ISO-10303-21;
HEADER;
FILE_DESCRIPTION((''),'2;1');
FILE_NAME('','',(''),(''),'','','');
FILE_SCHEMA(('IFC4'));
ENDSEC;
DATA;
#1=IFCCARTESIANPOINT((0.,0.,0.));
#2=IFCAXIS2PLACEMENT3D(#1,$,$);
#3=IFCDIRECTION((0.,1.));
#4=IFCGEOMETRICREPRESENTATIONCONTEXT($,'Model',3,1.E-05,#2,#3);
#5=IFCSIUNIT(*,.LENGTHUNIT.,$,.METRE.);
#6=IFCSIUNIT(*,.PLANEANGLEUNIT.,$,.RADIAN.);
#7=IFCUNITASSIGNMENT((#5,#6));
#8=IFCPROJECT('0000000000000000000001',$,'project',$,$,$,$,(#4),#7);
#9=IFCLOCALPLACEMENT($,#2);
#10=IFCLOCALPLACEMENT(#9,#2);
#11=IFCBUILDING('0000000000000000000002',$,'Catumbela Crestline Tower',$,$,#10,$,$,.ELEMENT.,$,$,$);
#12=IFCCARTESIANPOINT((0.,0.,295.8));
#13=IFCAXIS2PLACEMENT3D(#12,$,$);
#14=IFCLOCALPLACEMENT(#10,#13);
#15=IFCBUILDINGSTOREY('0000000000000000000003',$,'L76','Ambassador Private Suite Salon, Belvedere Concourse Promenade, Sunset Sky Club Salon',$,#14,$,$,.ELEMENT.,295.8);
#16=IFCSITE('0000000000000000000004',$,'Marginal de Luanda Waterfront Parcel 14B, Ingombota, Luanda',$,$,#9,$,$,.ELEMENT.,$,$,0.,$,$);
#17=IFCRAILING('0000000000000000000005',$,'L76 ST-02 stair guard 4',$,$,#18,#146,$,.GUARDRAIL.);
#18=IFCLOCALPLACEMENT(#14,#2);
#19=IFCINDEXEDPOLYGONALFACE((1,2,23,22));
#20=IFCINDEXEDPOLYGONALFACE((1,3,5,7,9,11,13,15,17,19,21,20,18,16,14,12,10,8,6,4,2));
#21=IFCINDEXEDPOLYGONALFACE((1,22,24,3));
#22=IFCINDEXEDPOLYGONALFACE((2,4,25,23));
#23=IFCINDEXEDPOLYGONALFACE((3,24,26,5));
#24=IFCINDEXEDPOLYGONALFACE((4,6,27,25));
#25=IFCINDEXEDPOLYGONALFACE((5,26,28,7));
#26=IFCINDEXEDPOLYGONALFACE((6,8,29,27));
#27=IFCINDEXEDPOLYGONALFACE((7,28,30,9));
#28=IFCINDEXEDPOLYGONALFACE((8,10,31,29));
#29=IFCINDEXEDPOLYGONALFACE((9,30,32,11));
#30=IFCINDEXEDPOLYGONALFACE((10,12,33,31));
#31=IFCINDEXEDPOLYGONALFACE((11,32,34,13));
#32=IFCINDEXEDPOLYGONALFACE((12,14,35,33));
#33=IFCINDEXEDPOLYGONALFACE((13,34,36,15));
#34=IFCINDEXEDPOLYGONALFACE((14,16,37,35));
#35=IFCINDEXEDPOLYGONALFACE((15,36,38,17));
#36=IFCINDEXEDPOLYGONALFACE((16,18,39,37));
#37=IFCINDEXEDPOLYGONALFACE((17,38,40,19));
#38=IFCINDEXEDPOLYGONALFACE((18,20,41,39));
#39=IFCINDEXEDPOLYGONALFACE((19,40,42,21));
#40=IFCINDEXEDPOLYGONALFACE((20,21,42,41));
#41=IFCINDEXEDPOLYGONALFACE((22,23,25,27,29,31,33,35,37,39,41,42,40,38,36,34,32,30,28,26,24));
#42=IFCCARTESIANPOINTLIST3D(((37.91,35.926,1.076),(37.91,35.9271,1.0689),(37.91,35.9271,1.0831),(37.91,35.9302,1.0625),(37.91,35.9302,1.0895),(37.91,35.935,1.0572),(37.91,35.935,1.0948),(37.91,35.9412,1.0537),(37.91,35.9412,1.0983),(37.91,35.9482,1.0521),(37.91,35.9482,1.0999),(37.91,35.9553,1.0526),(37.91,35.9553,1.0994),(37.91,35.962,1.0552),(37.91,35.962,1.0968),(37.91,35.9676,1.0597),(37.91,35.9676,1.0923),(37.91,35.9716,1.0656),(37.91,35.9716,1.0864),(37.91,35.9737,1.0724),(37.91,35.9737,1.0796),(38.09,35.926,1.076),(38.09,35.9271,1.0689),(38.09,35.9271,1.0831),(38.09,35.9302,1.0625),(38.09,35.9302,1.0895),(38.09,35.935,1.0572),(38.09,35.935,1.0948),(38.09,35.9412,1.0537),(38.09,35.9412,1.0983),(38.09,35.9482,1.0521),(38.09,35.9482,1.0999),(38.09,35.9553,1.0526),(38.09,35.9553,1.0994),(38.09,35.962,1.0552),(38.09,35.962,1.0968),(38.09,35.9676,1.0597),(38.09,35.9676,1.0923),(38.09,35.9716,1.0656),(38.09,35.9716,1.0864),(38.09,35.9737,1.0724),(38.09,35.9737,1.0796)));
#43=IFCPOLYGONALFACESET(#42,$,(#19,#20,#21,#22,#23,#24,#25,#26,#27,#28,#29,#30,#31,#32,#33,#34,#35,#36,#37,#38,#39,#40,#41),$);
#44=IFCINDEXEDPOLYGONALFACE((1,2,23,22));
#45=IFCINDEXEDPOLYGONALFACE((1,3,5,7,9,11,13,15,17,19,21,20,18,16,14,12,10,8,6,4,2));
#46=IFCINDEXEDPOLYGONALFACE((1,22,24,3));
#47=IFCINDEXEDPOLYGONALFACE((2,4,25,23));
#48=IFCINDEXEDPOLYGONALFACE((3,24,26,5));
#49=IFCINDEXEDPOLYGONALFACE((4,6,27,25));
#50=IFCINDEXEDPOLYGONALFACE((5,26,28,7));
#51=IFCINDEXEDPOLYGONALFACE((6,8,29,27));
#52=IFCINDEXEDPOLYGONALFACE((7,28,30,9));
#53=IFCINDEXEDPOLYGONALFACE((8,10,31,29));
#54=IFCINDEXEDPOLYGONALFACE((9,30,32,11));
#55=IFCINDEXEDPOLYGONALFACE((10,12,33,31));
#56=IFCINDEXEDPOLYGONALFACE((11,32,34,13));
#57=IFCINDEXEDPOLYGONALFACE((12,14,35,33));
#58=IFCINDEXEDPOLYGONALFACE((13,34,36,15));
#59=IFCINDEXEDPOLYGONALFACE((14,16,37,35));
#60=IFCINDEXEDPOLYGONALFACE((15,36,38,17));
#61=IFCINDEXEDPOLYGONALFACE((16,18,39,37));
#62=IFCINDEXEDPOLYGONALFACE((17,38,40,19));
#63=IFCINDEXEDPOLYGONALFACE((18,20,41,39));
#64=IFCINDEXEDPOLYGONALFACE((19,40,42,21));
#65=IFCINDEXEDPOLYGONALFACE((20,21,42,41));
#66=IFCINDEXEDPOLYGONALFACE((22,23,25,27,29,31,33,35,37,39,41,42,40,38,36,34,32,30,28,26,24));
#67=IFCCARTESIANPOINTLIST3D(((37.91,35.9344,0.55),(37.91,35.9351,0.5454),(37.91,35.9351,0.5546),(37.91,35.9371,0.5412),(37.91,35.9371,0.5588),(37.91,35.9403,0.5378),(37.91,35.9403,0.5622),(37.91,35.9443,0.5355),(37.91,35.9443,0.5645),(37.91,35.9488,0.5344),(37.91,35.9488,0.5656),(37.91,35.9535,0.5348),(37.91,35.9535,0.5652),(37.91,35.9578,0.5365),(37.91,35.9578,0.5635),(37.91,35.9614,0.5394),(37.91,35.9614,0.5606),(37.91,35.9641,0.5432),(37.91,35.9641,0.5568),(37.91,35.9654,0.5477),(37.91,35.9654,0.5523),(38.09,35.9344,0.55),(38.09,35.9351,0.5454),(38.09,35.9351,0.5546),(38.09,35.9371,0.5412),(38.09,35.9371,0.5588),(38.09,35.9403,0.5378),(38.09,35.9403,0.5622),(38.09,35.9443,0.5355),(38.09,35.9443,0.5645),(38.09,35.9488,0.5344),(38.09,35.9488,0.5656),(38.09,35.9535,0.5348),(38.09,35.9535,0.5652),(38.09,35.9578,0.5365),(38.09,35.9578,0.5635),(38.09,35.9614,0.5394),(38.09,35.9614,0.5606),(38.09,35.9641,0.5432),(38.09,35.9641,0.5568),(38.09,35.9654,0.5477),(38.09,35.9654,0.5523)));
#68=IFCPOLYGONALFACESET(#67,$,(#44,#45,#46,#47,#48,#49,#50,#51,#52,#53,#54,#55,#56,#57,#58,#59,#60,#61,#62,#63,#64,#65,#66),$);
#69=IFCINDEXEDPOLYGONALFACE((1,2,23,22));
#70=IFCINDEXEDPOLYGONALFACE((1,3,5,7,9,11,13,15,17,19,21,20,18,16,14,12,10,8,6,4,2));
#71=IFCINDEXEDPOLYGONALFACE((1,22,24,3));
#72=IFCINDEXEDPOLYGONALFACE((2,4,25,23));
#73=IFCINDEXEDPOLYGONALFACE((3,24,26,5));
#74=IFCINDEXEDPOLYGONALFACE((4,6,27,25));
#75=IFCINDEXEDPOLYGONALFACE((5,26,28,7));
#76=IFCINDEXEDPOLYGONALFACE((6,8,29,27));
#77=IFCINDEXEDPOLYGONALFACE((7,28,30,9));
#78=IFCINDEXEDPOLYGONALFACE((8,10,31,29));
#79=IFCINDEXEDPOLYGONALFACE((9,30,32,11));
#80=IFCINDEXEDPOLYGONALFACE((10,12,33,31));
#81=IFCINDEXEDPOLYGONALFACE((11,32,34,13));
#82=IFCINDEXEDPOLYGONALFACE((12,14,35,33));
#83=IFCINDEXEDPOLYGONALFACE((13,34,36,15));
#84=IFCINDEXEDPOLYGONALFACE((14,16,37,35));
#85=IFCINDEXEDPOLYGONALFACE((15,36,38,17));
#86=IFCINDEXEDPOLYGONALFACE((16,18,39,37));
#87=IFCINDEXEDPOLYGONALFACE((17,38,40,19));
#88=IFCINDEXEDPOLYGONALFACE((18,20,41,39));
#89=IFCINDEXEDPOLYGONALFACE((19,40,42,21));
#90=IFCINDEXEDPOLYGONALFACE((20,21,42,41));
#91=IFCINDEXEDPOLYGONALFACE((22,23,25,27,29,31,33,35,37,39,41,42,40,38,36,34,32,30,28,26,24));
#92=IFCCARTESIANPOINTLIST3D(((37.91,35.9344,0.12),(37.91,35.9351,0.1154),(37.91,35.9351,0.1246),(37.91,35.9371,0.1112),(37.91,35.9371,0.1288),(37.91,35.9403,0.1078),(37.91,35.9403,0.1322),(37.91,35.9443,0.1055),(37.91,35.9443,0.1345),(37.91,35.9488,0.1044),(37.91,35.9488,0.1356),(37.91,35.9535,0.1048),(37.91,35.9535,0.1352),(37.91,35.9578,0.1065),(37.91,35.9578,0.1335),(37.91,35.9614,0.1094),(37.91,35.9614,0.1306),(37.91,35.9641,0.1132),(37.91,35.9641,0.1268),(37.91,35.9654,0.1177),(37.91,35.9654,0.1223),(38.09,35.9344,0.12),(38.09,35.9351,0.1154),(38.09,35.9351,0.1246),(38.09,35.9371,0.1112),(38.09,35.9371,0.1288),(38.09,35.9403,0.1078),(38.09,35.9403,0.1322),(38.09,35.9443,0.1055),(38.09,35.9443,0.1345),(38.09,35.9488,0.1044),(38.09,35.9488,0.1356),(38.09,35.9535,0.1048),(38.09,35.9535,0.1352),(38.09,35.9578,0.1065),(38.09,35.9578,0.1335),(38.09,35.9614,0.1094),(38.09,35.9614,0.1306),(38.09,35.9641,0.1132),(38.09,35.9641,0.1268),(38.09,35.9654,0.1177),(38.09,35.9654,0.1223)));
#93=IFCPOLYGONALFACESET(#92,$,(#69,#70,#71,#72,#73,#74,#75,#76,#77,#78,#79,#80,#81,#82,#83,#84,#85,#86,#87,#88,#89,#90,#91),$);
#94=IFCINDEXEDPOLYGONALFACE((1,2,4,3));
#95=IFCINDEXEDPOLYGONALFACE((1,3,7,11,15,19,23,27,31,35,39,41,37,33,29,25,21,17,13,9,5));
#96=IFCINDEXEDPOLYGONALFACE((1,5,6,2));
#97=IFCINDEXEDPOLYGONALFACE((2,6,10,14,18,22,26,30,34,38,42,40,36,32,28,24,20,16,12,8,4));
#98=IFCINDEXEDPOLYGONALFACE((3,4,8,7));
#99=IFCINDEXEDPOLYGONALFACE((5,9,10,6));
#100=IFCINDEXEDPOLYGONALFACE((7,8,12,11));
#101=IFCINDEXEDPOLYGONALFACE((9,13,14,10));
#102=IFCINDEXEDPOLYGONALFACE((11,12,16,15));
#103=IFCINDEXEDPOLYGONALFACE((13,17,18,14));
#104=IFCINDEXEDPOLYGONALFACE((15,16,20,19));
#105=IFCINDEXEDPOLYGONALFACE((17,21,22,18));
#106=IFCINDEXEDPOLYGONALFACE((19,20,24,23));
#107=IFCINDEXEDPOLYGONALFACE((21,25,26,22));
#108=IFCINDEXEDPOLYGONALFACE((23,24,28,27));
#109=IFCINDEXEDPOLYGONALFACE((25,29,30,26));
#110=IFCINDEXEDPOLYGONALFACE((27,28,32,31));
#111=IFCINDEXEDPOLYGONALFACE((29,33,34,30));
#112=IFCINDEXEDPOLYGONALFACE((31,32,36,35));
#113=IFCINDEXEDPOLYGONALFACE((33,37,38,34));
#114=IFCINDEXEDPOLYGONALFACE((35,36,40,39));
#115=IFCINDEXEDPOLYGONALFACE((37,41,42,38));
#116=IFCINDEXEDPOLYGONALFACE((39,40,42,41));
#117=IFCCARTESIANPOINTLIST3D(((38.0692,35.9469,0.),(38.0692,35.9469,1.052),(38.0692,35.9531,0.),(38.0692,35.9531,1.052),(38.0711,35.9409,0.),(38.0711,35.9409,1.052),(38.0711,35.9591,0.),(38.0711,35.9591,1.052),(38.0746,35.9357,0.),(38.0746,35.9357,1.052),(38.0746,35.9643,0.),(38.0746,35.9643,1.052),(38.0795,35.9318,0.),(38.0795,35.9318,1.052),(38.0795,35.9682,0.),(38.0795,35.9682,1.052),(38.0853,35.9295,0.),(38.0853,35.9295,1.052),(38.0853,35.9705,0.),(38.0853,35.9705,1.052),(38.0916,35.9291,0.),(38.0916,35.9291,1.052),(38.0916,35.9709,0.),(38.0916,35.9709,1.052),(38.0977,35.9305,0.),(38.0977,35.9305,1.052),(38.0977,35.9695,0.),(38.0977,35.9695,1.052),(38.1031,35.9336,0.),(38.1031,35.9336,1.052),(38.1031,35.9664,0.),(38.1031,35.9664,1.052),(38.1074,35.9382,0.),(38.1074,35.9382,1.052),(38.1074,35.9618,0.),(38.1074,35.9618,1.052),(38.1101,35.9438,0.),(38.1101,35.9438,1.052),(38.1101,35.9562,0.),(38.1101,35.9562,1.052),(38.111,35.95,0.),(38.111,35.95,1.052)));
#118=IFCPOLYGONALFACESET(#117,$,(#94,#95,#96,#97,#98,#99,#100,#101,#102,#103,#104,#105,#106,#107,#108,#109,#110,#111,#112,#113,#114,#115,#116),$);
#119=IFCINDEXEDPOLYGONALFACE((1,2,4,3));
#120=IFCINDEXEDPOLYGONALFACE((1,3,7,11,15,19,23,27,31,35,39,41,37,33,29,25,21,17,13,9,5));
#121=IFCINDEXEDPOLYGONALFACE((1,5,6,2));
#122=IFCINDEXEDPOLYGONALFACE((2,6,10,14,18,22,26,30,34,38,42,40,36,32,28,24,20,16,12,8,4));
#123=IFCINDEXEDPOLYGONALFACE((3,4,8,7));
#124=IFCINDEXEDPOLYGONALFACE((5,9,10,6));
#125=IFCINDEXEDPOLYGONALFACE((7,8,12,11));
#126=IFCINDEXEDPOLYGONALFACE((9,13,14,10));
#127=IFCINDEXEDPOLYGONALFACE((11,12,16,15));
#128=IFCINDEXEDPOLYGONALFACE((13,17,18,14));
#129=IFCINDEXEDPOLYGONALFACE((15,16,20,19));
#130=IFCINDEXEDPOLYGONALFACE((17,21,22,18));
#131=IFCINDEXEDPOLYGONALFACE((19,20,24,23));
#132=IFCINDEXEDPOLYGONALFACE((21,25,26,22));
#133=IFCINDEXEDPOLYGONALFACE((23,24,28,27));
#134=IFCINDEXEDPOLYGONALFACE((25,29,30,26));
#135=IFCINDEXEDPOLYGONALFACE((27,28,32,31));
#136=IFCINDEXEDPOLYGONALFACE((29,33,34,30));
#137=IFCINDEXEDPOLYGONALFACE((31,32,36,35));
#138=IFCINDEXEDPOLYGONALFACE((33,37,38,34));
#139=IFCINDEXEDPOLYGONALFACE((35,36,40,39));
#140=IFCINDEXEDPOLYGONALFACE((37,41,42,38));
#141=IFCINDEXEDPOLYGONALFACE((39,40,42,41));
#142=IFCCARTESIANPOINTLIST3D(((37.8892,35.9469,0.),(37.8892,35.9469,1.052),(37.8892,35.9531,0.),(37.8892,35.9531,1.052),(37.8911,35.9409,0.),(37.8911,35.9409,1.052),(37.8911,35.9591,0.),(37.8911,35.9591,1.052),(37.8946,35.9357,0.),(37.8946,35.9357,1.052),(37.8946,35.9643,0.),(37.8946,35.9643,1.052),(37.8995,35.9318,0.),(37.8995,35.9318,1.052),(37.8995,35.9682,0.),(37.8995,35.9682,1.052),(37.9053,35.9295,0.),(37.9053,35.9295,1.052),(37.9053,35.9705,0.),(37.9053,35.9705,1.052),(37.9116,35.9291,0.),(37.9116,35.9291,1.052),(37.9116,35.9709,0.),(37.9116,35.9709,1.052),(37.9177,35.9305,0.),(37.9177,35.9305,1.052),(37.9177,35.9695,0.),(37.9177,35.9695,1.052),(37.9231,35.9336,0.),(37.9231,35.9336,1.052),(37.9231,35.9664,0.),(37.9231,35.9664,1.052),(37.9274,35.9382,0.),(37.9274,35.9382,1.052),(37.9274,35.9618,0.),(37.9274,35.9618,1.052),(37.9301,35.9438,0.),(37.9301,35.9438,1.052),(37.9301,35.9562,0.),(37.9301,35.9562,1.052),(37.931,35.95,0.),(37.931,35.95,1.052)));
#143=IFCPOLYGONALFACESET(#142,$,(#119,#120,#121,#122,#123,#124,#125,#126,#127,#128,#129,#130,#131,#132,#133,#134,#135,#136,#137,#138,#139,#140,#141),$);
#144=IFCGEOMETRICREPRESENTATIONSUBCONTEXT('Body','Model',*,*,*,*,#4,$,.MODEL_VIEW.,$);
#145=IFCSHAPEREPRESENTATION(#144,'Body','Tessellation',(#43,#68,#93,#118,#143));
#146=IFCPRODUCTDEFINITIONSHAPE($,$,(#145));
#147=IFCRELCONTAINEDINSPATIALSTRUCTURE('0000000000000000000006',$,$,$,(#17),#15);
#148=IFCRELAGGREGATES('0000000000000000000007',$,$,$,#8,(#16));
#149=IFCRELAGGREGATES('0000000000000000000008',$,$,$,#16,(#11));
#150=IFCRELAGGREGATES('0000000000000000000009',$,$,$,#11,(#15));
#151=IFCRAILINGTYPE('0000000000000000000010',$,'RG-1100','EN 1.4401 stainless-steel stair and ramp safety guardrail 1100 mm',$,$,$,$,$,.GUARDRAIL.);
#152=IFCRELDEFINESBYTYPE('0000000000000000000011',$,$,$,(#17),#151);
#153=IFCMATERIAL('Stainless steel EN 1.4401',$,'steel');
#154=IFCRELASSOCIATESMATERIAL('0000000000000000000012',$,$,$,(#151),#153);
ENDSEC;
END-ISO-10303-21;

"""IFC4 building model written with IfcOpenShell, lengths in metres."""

from ifc_helpers import new_model, si_unit, direction, frame, origin, origin_2d, place, context, subcontext, project, spatial, circle, extrude, material, type_object, element, save


model = new_model("IFC4")

# Units and contexts
model_context = context("Model", 3, precision=1e-05, world=origin(), true_north=direction((0.0, 1.0)))
body_context = subcontext(model_context, "Body", "Model", "MODEL_VIEW")
ifc_project = project(units=[si_unit("LENGTHUNIT", "METRE"), si_unit("PLANEANGLEUNIT", "RADIAN")], contexts=[model_context])

# Site, building, storey
site_placement = place(None, origin())
site = spatial("IfcSite", under=ifc_project, at=site_placement, Name="Marginal de Luanda Waterfront Parcel 14B, Ingombota, Luanda", CompositionType="ELEMENT", RefElevation=0.0)
building_placement = place(site_placement, origin())
building = spatial("IfcBuilding", under=site, at=building_placement, Name="Catumbela Crestline Tower", CompositionType="ELEMENT")
storey_placement = place(building_placement, frame((0.0, 0.0, 295.8)))
storey = spatial("IfcBuildingStorey", under=building, at=storey_placement, Name="L76", Description="Ambassador Private Suite Salon, Belvedere Concourse Promenade, Sunset Sky Club Salon", CompositionType="ELEMENT", Elevation=295.8)

# Railing
ifc_material_1 = material(Name="Stainless steel EN 1.4401", Category="steel")
railing_type_1 = type_object("IfcRailingType", Name="RG-1100", Description="EN 1.4401 stainless-steel stair and ramp safety guardrail 1100 mm", PredefinedType="GUARDRAIL", material=ifc_material_1)
railing_1_placement = place(storey_placement, frame((38.09, 35.95, 0.0)))
element("IfcRailing", 1, at=railing_1_placement, inside=storey, type_object=railing_type_1, Name="L76 ST-02 stair guard 4", PredefinedType="GUARDRAIL", context=body_context, shape_type="SweptSolid", body=[
    extrude(circle(Radius=0.024, at=origin_2d()), frame((0.0, 0.0, 1.076), z_axis=(-1.0, 0.0, 0.0), x_axis=(0.0, -1.0, 0.0)), (0.0, 0.0, 1.0), 0.18),
    extrude(circle(Radius=0.0156, at=origin_2d()), frame((0.0, 0.0, 0.55), z_axis=(-1.0, 0.0, 0.0), x_axis=(0.0, -1.0, 0.0)), (0.0, 0.0, 1.0), 0.18),
    extrude(circle(Radius=0.0156, at=origin_2d()), frame((0.0, 0.0, 0.12), z_axis=(-1.0, 0.0, 0.0), x_axis=(0.0, -1.0, 0.0)), (0.0, 0.0, 1.0), 0.18),
    extrude(circle(Radius=0.021, at=origin_2d()), origin(), (0.0, 0.0, 1.0), 1.052),
    extrude(circle(Radius=0.021, at=origin_2d()), frame((-0.18, 0.0, 0.0)), (0.0, 0.0, 1.0), 1.052),
])

save(model, "model.ifc")
